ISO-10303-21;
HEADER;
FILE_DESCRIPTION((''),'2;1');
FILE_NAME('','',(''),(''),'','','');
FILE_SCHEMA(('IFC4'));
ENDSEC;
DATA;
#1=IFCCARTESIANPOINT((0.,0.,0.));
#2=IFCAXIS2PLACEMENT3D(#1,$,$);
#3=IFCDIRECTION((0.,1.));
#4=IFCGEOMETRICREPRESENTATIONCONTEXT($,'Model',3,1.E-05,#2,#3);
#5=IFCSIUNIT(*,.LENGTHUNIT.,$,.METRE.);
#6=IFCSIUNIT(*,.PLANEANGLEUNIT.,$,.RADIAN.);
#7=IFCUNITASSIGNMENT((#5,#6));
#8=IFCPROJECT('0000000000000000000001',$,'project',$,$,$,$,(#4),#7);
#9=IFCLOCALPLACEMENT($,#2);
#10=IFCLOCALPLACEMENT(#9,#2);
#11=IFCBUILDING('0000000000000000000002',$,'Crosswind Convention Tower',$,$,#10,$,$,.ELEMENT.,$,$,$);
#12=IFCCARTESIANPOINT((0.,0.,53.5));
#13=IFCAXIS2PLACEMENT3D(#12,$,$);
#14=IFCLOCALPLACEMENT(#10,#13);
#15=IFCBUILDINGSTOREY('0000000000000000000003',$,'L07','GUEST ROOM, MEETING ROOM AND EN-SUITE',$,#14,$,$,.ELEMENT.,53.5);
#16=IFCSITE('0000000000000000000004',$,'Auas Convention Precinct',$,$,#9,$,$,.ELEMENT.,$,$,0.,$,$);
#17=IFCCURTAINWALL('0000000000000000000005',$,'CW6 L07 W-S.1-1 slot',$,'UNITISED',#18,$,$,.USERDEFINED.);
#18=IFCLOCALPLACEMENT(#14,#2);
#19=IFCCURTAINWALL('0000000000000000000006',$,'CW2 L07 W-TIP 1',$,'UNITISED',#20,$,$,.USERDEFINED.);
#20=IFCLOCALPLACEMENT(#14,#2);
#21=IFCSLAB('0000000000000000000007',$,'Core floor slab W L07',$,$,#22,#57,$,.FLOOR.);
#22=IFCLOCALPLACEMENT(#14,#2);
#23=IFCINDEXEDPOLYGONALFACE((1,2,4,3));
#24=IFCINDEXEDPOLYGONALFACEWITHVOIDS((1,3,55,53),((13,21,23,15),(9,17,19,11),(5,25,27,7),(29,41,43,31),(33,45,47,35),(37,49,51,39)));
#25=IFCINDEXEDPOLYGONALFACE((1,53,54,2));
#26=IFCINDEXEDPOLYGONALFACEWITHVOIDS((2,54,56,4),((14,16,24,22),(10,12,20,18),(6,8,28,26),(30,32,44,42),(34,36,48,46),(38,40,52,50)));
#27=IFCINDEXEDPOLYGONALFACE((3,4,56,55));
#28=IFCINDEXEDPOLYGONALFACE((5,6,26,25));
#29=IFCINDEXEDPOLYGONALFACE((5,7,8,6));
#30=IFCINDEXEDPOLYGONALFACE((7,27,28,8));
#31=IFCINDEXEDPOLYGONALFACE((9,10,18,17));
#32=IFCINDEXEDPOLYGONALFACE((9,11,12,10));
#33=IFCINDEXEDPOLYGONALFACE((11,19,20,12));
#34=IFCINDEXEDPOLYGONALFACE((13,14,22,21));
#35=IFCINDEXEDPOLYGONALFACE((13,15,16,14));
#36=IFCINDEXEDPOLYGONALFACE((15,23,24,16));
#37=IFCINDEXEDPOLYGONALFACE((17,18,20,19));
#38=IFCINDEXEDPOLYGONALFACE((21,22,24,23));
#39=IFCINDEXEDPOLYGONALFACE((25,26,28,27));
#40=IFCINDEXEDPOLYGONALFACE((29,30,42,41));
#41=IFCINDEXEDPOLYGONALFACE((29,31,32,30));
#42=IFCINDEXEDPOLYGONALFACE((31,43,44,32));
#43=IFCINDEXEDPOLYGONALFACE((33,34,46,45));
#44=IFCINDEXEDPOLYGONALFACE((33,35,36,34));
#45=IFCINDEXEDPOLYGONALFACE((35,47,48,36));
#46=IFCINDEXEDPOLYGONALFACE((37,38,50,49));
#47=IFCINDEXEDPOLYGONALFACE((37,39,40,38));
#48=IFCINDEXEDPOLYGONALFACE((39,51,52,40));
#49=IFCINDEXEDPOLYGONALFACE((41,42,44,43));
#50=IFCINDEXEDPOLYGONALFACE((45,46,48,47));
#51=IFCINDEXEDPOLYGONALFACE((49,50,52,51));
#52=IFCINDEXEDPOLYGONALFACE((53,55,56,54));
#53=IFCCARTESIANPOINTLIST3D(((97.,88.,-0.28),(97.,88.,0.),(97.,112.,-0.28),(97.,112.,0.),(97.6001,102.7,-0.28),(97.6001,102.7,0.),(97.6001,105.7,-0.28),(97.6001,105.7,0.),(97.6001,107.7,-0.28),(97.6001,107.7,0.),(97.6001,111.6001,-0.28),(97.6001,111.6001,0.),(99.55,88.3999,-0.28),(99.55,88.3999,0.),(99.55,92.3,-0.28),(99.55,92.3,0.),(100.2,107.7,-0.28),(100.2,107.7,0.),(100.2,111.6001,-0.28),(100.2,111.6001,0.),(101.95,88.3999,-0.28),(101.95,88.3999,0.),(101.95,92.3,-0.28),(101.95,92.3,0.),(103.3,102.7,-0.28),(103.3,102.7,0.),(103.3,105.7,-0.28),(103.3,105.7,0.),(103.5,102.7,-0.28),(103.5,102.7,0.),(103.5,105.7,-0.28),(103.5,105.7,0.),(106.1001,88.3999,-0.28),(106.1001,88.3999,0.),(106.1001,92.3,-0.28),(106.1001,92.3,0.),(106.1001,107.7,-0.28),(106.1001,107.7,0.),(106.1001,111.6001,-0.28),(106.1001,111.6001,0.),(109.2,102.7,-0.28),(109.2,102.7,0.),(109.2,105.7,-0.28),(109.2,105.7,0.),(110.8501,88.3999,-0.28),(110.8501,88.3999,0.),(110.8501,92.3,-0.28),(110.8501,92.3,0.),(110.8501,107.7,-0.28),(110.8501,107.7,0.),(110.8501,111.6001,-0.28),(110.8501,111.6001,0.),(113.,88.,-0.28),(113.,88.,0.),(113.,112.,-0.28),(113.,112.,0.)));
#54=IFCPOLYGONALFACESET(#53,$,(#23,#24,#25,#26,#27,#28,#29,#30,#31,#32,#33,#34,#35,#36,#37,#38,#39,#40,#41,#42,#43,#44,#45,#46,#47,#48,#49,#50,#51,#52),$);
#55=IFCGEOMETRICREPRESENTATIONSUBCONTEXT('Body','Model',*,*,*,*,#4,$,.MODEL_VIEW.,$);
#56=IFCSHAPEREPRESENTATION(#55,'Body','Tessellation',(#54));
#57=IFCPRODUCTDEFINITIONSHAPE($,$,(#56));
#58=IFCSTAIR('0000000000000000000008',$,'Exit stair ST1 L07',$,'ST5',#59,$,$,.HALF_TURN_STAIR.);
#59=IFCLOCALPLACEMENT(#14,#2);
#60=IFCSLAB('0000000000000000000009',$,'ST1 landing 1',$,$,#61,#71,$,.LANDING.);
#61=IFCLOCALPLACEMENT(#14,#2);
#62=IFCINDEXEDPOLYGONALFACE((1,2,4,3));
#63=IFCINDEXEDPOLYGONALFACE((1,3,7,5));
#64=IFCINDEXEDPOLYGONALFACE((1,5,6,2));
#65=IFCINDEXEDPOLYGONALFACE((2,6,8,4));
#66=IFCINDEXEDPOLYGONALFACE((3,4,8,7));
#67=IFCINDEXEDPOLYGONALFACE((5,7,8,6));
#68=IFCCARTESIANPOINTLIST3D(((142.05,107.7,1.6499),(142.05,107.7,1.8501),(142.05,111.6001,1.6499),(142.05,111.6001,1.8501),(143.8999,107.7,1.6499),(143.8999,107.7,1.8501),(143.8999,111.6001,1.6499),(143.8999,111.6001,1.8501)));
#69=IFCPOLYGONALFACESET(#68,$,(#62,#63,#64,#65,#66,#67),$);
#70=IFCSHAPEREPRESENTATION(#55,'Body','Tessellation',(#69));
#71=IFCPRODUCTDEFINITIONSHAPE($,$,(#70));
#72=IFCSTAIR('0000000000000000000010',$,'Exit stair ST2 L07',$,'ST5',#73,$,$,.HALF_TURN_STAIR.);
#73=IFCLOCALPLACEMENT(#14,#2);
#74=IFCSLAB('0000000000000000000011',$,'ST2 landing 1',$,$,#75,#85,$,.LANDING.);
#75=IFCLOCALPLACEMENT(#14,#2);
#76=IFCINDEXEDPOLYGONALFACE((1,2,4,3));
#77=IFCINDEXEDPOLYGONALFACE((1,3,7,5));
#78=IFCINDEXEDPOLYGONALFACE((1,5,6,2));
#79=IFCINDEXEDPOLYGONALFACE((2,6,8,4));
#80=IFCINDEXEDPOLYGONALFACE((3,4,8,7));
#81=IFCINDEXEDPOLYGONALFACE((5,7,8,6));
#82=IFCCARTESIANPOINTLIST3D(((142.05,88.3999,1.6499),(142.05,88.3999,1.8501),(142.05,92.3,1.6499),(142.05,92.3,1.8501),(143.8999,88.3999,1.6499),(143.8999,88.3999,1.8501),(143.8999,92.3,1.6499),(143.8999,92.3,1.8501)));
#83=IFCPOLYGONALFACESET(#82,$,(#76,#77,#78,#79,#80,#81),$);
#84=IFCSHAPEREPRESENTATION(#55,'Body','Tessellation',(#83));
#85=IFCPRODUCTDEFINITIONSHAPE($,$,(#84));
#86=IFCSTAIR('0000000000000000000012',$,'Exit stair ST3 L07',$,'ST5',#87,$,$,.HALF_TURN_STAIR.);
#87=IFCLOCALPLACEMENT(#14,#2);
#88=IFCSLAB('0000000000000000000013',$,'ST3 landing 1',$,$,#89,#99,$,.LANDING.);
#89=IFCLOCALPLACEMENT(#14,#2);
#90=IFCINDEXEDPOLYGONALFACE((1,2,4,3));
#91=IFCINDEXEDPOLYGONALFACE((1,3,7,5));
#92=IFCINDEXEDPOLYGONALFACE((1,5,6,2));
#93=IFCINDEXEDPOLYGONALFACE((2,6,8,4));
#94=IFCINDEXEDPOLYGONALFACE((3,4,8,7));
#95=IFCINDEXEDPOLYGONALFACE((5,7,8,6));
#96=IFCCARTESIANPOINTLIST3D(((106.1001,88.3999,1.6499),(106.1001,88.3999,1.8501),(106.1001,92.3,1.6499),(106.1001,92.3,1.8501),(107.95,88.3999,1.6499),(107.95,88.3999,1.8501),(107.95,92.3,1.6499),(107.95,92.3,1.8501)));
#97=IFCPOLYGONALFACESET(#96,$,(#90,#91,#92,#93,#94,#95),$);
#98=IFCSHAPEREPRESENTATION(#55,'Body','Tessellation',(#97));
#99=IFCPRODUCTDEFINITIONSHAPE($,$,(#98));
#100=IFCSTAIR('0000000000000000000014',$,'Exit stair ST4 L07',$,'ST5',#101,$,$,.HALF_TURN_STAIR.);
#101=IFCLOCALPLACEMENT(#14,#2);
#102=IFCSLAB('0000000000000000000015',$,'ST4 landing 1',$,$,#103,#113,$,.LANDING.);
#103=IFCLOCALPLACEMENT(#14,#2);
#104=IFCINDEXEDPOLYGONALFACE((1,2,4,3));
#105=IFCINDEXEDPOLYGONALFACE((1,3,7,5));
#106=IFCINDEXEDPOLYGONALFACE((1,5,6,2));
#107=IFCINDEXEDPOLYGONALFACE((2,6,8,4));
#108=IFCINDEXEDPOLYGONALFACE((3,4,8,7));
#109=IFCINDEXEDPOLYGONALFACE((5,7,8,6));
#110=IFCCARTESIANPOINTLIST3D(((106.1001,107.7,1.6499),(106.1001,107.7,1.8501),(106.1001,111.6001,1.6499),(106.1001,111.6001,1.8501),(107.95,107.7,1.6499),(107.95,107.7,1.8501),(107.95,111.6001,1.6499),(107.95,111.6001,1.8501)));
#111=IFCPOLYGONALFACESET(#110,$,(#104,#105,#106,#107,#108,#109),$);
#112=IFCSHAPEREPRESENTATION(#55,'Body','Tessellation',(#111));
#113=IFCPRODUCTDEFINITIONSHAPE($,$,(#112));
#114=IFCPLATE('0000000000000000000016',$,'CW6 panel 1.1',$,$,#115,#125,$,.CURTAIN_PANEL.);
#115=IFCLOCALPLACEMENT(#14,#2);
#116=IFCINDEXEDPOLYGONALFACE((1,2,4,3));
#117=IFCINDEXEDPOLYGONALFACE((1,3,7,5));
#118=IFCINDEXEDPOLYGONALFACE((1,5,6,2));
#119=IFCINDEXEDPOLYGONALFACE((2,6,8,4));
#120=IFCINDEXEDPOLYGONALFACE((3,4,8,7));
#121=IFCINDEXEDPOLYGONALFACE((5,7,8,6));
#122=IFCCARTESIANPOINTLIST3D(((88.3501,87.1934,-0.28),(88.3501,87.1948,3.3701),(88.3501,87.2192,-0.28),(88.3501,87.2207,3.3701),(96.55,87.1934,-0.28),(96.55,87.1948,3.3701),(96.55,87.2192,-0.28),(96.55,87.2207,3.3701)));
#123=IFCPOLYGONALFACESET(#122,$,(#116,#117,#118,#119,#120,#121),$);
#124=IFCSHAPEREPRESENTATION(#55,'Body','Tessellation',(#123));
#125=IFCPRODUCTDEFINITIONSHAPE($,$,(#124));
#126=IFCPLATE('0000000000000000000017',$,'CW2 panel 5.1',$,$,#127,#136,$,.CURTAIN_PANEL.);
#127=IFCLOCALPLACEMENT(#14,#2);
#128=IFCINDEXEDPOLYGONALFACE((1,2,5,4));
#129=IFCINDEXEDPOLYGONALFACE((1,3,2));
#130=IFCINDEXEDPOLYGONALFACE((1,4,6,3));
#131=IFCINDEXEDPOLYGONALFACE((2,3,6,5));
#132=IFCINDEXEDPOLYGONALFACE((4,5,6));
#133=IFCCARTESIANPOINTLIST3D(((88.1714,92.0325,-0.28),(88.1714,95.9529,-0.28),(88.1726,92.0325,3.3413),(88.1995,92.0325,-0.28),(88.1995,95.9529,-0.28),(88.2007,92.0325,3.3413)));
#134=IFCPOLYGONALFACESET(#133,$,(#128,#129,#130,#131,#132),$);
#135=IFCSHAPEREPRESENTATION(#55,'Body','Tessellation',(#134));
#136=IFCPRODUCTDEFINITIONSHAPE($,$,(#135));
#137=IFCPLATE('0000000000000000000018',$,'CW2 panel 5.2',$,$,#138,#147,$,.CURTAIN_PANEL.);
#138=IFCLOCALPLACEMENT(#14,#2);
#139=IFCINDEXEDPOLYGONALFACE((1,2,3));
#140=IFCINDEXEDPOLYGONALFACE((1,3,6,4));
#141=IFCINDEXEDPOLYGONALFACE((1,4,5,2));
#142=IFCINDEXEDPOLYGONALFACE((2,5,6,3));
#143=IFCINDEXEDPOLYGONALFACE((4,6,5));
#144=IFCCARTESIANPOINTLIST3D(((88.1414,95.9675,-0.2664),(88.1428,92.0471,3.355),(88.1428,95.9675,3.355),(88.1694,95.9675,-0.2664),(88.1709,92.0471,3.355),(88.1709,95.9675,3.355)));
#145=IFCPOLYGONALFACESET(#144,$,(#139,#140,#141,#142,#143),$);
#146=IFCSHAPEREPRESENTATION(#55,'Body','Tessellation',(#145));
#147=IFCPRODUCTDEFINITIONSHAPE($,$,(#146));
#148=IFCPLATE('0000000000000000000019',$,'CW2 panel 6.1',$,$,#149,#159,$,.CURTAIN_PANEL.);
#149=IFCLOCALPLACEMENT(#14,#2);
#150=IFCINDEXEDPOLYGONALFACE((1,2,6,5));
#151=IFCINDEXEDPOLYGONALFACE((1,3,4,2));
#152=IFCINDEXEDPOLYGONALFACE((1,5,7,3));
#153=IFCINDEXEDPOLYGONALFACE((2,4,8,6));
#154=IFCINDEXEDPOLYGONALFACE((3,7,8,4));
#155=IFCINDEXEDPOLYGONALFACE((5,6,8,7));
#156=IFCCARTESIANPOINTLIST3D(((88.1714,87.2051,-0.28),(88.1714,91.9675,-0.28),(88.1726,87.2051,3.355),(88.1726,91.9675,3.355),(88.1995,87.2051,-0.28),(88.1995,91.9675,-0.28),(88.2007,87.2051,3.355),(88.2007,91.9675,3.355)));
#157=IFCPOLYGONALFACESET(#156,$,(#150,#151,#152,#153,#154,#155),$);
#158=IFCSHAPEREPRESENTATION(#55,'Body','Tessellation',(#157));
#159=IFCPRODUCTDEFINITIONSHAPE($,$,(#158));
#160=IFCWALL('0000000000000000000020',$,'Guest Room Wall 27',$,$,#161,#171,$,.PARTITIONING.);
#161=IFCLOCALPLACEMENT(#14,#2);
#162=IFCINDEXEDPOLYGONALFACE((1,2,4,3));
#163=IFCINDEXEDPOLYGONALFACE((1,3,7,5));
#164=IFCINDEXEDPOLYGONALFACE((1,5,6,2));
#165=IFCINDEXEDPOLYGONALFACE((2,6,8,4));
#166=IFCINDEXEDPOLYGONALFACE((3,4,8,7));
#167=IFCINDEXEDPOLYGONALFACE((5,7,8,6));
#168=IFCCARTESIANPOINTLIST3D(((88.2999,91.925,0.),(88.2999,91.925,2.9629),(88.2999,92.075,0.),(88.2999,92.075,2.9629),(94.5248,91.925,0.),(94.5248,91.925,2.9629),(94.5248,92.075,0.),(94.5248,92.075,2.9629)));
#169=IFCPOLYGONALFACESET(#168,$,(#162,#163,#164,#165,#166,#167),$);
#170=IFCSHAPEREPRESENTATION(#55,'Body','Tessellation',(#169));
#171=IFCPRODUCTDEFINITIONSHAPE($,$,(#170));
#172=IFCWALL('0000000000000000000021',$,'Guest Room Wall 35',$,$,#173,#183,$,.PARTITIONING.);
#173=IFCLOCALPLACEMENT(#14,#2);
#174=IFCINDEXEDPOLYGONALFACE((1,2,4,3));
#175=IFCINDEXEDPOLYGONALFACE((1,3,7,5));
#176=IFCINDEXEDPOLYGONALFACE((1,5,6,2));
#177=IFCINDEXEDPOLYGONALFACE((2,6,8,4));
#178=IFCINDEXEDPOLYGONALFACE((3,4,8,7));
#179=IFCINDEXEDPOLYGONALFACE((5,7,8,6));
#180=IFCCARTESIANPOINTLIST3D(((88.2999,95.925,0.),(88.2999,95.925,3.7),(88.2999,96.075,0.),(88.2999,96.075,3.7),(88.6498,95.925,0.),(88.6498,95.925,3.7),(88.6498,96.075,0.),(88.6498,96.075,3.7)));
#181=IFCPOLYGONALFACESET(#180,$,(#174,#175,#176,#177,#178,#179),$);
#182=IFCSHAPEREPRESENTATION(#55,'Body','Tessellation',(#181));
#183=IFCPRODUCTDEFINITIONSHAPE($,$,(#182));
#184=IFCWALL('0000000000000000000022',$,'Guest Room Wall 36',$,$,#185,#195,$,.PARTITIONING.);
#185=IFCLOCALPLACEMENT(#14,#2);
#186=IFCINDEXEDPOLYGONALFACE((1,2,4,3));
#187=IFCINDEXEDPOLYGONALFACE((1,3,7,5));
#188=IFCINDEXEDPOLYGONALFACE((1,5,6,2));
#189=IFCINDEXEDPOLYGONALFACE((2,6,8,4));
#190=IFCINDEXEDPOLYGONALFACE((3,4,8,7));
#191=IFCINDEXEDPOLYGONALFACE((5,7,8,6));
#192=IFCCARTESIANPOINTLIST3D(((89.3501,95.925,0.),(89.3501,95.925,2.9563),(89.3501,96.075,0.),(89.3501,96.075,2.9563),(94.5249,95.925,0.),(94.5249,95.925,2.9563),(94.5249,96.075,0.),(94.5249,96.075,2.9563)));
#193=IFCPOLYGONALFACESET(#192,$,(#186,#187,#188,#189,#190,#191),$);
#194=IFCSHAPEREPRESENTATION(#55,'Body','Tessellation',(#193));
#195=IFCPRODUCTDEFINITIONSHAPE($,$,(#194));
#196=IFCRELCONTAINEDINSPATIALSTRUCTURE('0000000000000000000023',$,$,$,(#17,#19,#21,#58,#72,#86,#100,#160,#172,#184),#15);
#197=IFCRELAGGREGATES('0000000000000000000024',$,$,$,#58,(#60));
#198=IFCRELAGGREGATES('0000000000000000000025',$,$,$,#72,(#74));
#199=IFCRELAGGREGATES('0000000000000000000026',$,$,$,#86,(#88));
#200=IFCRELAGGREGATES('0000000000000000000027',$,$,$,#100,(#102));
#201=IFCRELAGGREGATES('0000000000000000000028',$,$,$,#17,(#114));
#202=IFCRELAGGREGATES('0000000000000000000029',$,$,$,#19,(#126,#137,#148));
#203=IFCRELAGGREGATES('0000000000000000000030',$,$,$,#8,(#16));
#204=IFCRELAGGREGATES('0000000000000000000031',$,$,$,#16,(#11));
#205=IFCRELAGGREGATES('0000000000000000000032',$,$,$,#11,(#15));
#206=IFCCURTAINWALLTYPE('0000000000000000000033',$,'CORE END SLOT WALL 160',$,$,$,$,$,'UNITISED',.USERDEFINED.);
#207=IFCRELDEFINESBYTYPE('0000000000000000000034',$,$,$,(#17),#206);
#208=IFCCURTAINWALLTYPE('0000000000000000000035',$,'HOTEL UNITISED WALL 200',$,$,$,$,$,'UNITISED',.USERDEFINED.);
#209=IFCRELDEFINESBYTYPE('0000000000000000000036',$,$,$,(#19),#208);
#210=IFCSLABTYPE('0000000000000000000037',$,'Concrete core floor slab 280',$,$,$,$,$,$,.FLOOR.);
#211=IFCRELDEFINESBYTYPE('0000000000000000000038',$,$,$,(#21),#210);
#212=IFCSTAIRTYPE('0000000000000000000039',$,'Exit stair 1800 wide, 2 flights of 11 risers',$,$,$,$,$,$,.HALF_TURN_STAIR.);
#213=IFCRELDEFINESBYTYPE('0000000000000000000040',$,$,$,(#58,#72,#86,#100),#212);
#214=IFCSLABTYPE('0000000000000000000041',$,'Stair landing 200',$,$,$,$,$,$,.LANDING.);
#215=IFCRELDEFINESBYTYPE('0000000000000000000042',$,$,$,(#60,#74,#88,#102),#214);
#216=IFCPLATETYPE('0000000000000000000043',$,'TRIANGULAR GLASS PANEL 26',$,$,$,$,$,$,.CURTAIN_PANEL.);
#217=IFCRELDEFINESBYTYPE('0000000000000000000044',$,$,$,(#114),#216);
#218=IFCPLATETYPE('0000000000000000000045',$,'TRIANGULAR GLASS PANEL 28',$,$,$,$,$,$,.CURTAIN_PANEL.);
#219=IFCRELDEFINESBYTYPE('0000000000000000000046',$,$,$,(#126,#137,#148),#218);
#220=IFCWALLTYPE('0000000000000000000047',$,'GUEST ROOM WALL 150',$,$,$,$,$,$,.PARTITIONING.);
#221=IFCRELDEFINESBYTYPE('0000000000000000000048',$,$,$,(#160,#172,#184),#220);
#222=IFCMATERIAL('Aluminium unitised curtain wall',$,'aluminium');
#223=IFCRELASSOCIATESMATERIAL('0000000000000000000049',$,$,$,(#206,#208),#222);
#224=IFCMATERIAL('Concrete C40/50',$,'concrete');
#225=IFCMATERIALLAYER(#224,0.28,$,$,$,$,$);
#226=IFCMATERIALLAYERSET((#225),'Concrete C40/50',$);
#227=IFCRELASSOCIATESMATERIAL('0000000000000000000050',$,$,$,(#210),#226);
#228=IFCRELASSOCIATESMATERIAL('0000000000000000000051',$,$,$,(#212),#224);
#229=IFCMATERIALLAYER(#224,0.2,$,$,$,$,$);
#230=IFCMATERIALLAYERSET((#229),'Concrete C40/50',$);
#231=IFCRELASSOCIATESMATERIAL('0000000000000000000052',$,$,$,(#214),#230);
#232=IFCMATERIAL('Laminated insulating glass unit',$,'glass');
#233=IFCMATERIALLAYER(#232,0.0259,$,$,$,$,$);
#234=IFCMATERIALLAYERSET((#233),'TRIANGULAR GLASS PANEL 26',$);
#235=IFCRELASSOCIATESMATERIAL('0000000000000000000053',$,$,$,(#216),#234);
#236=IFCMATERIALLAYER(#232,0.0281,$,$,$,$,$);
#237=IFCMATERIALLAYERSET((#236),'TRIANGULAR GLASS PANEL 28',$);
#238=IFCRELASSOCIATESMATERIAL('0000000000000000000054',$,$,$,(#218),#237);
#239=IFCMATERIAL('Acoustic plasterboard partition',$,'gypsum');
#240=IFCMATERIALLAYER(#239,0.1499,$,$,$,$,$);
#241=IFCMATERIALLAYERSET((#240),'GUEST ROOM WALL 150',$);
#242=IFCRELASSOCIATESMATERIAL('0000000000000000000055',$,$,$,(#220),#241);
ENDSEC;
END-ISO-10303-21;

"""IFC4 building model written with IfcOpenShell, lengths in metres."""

from ifc_helpers import new_model, si_unit, direction, frame, frame_2d, origin, place, context, subcontext, project, spatial, polyline, rectangle, outline, extrude, material, layer, layer_set, type_object, element, aggregate, save


model = new_model("IFC4")

# Units and contexts
model_context = context("Model", 3, precision=1e-05, world=origin(), true_north=direction((0.0, 1.0)))
body_context = subcontext(model_context, "Body", "Model", "MODEL_VIEW")
ifc_project = project(units=[si_unit("LENGTHUNIT", "METRE"), si_unit("PLANEANGLEUNIT", "RADIAN")], contexts=[model_context])

# Site, building, storey
site_placement = place(None, origin())
site = spatial("IfcSite", under=ifc_project, at=site_placement, Name="Auas Convention Precinct", CompositionType="ELEMENT", RefElevation=0.0)
building_placement = place(site_placement, origin())
building = spatial("IfcBuilding", under=site, at=building_placement, Name="Crosswind Convention Tower", CompositionType="ELEMENT")
storey_placement = place(building_placement, frame((0.0, 0.0, 53.5)))
storey = spatial("IfcBuildingStorey", under=building, at=storey_placement, Name="L07", Description="GUEST ROOM, MEETING ROOM AND EN-SUITE", CompositionType="ELEMENT", Elevation=53.5)

# Curtain wall
ifc_material_1 = material(Name="Aluminium unitised curtain wall", Category="aluminium")
curtain_wall_type_1 = type_object("IfcCurtainWallType", Name="CORE END SLOT WALL 160", ElementType="UNITISED", PredefinedType="USERDEFINED", material=ifc_material_1)
curtain_wall_1_placement = place(storey_placement, origin())
curtain_wall_1 = element("IfcCurtainWall", 1, at=curtain_wall_1_placement, inside=storey, type_object=curtain_wall_type_1, Name="CW6 L07 W-S.1-1 slot", ObjectType="UNITISED", PredefinedType="USERDEFINED")

# Curtain wall
curtain_wall_type_2 = type_object("IfcCurtainWallType", Name="HOTEL UNITISED WALL 200", ElementType="UNITISED", PredefinedType="USERDEFINED", material=ifc_material_1)
curtain_wall_2_placement = place(storey_placement, origin())
curtain_wall_2 = element("IfcCurtainWall", 2, at=curtain_wall_2_placement, inside=storey, type_object=curtain_wall_type_2, Name="CW2 L07 W-TIP 1", ObjectType="UNITISED", PredefinedType="USERDEFINED")

# Slab
ifc_material_2 = material(Name="Concrete C40/50", Category="concrete")
ifc_layer_1 = layer(ifc_material_2, 0.28)
ifc_layer_set_1 = layer_set([ifc_layer_1], Name="Concrete C40/50")
slab_type_1 = type_object("IfcSlabType", Name="Concrete core floor slab 280", PredefinedType="FLOOR", material=ifc_layer_set_1)
slab_1_placement = place(storey_placement, frame((0.0, 0.0, -0.28)))
element("IfcSlab", 3, at=slab_1_placement, inside=storey, type_object=slab_type_1, Name="Core floor slab W L07", PredefinedType="FLOOR", context=body_context, shape_type="SweptSolid", body=[
    extrude(outline(polyline([(97.0, 88.0), (113.0, 88.0), (113.0, 112.0), (97.0, 112.0), (97.0, 88.0)]), holes=[polyline([(109.2, 102.7), (109.2, 105.7), (103.5, 105.7), (103.5, 102.7), (109.2, 102.7)]), polyline([(103.3, 102.7), (103.3, 105.7), (97.6001, 105.7), (97.6001, 102.7), (103.3, 102.7)]), polyline([(101.95, 88.3999), (101.95, 92.3), (99.55, 92.3), (99.55, 88.3999), (101.95, 88.3999)]), polyline([(100.2, 107.7), (100.2, 111.6001), (97.6001, 111.6001), (97.6001, 107.7), (100.2, 107.7)]), polyline([(110.8501, 88.3999), (110.8501, 92.3), (106.1001, 92.3), (106.1001, 88.3999), (110.8501, 88.3999)]), polyline([(110.8501, 107.7), (110.8501, 111.6001), (106.1001, 111.6001), (106.1001, 107.7), (110.8501, 107.7)])]), origin(), (0.0, 0.0, 1.0), 0.28),
])

# Stairs, slabs
stair_type = type_object("IfcStairType", Name="Exit stair 1800 wide, 2 flights of 11 risers", PredefinedType="HALF_TURN_STAIR", material=ifc_material_2)
stair_1_placement = place(storey_placement, origin())
stair_1 = element("IfcStair", 4, at=stair_1_placement, inside=storey, type_object=stair_type, Name="Exit stair ST1 L07", ObjectType="ST5", PredefinedType="HALF_TURN_STAIR")
ifc_layer_2 = layer(ifc_material_2, 0.2)
ifc_layer_set_2 = layer_set([ifc_layer_2], Name="Concrete C40/50")
slab_type_2 = type_object("IfcSlabType", Name="Stair landing 200", PredefinedType="LANDING", material=ifc_layer_set_2)
slab_2_placement = place(storey_placement, frame((0.0, 0.0, 1.6499)))
slab_2 = element("IfcSlab", 5, at=slab_2_placement, type_object=slab_type_2, Name="ST1 landing 1", PredefinedType="LANDING", context=body_context, shape_type="SweptSolid", body=[
    extrude(outline(polyline([(143.8999, 107.7), (143.8999, 111.6001), (142.05, 111.6001), (142.05, 107.7), (143.8999, 107.7)])), origin(), (0.0, 0.0, 1.0), 0.2002),
])
aggregate(stair_1, [slab_2])
stair_2_placement = place(storey_placement, origin())
stair_2 = element("IfcStair", 6, at=stair_2_placement, inside=storey, type_object=stair_type, Name="Exit stair ST2 L07", ObjectType="ST5", PredefinedType="HALF_TURN_STAIR")
slab_3_placement = place(storey_placement, frame((0.0, 0.0, 1.6499)))
slab_3 = element("IfcSlab", 7, at=slab_3_placement, type_object=slab_type_2, Name="ST2 landing 1", PredefinedType="LANDING", context=body_context, shape_type="SweptSolid", body=[
    extrude(outline(polyline([(143.8999, 88.3999), (143.8999, 92.3), (142.05, 92.3), (142.05, 88.3999), (143.8999, 88.3999)])), origin(), (0.0, 0.0, 1.0), 0.2002),
])
aggregate(stair_2, [slab_3])
stair_3_placement = place(storey_placement, origin())
stair_3 = element("IfcStair", 8, at=stair_3_placement, inside=storey, type_object=stair_type, Name="Exit stair ST3 L07", ObjectType="ST5", PredefinedType="HALF_TURN_STAIR")
slab_4_placement = place(storey_placement, frame((0.0, 0.0, 1.6499)))
slab_4 = element("IfcSlab", 9, at=slab_4_placement, type_object=slab_type_2, Name="ST3 landing 1", PredefinedType="LANDING", context=body_context, shape_type="SweptSolid", body=[
    extrude(outline(polyline([(107.95, 88.3999), (107.95, 92.3), (106.1001, 92.3), (106.1001, 88.3999), (107.95, 88.3999)])), origin(), (0.0, 0.0, 1.0), 0.2002),
])
aggregate(stair_3, [slab_4])
stair_4_placement = place(storey_placement, origin())
stair_4 = element("IfcStair", 10, at=stair_4_placement, inside=storey, type_object=stair_type, Name="Exit stair ST4 L07", ObjectType="ST5", PredefinedType="HALF_TURN_STAIR")
slab_5_placement = place(storey_placement, frame((0.0, 0.0, 1.6499)))
slab_5 = element("IfcSlab", 11, at=slab_5_placement, type_object=slab_type_2, Name="ST4 landing 1", PredefinedType="LANDING", context=body_context, shape_type="SweptSolid", body=[
    extrude(outline(polyline([(107.95, 107.7), (107.95, 111.6001), (106.1001, 111.6001), (106.1001, 107.7), (107.95, 107.7)])), origin(), (0.0, 0.0, 1.0), 0.2002),
])
aggregate(stair_4, [slab_5])

# Plates
ifc_material_3 = material(Name="Laminated insulating glass unit", Category="glass")
ifc_layer_3 = layer(ifc_material_3, 0.0259)
ifc_layer_set_3 = layer_set([ifc_layer_3], Name="TRIANGULAR GLASS PANEL 26")
plate_type_1 = type_object("IfcPlateType", Name="TRIANGULAR GLASS PANEL 26", PredefinedType="CURTAIN_PANEL", material=ifc_layer_set_3)
plate_1_placement = place(storey_placement, frame((88.3501, 87.1934, -0.28), z_axis=(0.0, -1.0, 0.000401), x_axis=(1.0, 0.0, 0.0)))
plate_1 = element("IfcPlate", 12, at=plate_1_placement, type_object=plate_type_1, Name="CW6 panel 1.1", PredefinedType="CURTAIN_PANEL", context=body_context, shape_type="SweptSolid", body=[
    extrude(outline(polyline([(0.0, 0.0), (8.2, 0.0), (8.2, 3.6501), (0.0, 3.6501), (0.0, 0.0)])), origin(), (0.0, 0.0, -1.0), 0.0259),
])
aggregate(curtain_wall_1, [plate_1])
ifc_layer_4 = layer(ifc_material_3, 0.0281)
ifc_layer_set_4 = layer_set([ifc_layer_4], Name="TRIANGULAR GLASS PANEL 28")
plate_type_2 = type_object("IfcPlateType", Name="TRIANGULAR GLASS PANEL 28", PredefinedType="CURTAIN_PANEL", material=ifc_layer_set_4)
plate_2_placement = place(storey_placement, frame((88.1714, 92.0325, -0.28), z_axis=(-1.0, 0.0, 0.000337), x_axis=(0.000337, 0.0, 1.0)))
plate_2 = element("IfcPlate", 13, at=plate_2_placement, type_object=plate_type_2, Name="CW2 panel 5.1", PredefinedType="CURTAIN_PANEL", context=body_context, shape_type="SweptSolid", body=[
    extrude(outline(polyline([(0.0, 0.0), (3.6213, 0.0), (0.0, 3.9204), (0.0, 0.0)])), origin(), (0.0, 0.0, -1.0), 0.0281),
])
plate_3_placement = place(storey_placement, frame((88.1428, 95.9675, 3.355), z_axis=(-1.0, 0.0, 0.000405), x_axis=(-0.000405, 0.0, -1.0)))
plate_3 = element("IfcPlate", 14, at=plate_3_placement, type_object=plate_type_2, Name="CW2 panel 5.2", PredefinedType="CURTAIN_PANEL", context=body_context, shape_type="SweptSolid", body=[
    extrude(outline(polyline([(0.0, 0.0), (3.6213, 0.0), (0.0, 3.9204), (0.0, 0.0)])), origin(), (0.0, 0.0, -1.0), 0.0281),
])
plate_4_placement = place(storey_placement, frame((88.1714, 91.9675, -0.28), z_axis=(-1.0, 0.0, 0.000336), x_axis=(0.0, -1.0, 0.0)))
plate_4 = element("IfcPlate", 15, at=plate_4_placement, type_object=plate_type_2, Name="CW2 panel 6.1", PredefinedType="CURTAIN_PANEL", context=body_context, shape_type="SweptSolid", body=[
    extrude(outline(polyline([(0.0, 0.0), (4.7625, 0.0), (4.7625, 3.635), (0.0, 3.635), (0.0, 0.0)])), origin(), (0.0, 0.0, -1.0), 0.0281),
])
aggregate(curtain_wall_2, [plate_2, plate_3, plate_4])

# Walls
ifc_material_4 = material(Name="Acoustic plasterboard partition", Category="gypsum")
ifc_layer_5 = layer(ifc_material_4, 0.1499)
ifc_layer_set_5 = layer_set([ifc_layer_5], Name="GUEST ROOM WALL 150")
wall_type_1 = type_object("IfcWallType", Name="GUEST ROOM WALL 150", PredefinedType="PARTITIONING", material=ifc_layer_set_5)
wall_1_placement = place(storey_placement, frame((88.3, 92.0, 0.0), z_axis=(0.0, 0.0, 1.0), x_axis=(1.0, 0.0, 0.0)))
element("IfcWall", 16, at=wall_1_placement, inside=storey, type_object=wall_type_1, Name="Guest Room Wall 27", PredefinedType="PARTITIONING", context=body_context, shape_type="SweptSolid", body=[
    extrude(rectangle(XDim=6.2249, YDim=0.1499, at=frame_2d((3.1123, 0.0))), origin(), (0.0, 0.0, 1.0), 2.9629),
])
wall_2_placement = place(storey_placement, frame((88.3, 96.0, 0.0), z_axis=(0.0, 0.0, 1.0), x_axis=(1.0, 0.0, 0.0)))
element("IfcWall", 17, at=wall_2_placement, inside=storey, type_object=wall_type_1, Name="Guest Room Wall 35", PredefinedType="PARTITIONING", context=body_context, shape_type="SweptSolid", body=[
    extrude(rectangle(XDim=0.3499, YDim=0.1499, at=frame_2d((0.1748, 0.0))), origin(), (0.0, 0.0, 1.0), 3.7),
])
wall_3_placement = place(storey_placement, frame((89.3501, 96.0, 0.0), z_axis=(0.0, 0.0, 1.0), x_axis=(1.0, 0.0, 0.0)))
element("IfcWall", 18, at=wall_3_placement, inside=storey, type_object=wall_type_1, Name="Guest Room Wall 36", PredefinedType="PARTITIONING", context=body_context, shape_type="SweptSolid", body=[
    extrude(rectangle(XDim=5.1748, YDim=0.1499, at=frame_2d((2.5874, 0.0))), origin(), (0.0, 0.0, 1.0), 2.9563),
])

save(model, "model.ifc")
